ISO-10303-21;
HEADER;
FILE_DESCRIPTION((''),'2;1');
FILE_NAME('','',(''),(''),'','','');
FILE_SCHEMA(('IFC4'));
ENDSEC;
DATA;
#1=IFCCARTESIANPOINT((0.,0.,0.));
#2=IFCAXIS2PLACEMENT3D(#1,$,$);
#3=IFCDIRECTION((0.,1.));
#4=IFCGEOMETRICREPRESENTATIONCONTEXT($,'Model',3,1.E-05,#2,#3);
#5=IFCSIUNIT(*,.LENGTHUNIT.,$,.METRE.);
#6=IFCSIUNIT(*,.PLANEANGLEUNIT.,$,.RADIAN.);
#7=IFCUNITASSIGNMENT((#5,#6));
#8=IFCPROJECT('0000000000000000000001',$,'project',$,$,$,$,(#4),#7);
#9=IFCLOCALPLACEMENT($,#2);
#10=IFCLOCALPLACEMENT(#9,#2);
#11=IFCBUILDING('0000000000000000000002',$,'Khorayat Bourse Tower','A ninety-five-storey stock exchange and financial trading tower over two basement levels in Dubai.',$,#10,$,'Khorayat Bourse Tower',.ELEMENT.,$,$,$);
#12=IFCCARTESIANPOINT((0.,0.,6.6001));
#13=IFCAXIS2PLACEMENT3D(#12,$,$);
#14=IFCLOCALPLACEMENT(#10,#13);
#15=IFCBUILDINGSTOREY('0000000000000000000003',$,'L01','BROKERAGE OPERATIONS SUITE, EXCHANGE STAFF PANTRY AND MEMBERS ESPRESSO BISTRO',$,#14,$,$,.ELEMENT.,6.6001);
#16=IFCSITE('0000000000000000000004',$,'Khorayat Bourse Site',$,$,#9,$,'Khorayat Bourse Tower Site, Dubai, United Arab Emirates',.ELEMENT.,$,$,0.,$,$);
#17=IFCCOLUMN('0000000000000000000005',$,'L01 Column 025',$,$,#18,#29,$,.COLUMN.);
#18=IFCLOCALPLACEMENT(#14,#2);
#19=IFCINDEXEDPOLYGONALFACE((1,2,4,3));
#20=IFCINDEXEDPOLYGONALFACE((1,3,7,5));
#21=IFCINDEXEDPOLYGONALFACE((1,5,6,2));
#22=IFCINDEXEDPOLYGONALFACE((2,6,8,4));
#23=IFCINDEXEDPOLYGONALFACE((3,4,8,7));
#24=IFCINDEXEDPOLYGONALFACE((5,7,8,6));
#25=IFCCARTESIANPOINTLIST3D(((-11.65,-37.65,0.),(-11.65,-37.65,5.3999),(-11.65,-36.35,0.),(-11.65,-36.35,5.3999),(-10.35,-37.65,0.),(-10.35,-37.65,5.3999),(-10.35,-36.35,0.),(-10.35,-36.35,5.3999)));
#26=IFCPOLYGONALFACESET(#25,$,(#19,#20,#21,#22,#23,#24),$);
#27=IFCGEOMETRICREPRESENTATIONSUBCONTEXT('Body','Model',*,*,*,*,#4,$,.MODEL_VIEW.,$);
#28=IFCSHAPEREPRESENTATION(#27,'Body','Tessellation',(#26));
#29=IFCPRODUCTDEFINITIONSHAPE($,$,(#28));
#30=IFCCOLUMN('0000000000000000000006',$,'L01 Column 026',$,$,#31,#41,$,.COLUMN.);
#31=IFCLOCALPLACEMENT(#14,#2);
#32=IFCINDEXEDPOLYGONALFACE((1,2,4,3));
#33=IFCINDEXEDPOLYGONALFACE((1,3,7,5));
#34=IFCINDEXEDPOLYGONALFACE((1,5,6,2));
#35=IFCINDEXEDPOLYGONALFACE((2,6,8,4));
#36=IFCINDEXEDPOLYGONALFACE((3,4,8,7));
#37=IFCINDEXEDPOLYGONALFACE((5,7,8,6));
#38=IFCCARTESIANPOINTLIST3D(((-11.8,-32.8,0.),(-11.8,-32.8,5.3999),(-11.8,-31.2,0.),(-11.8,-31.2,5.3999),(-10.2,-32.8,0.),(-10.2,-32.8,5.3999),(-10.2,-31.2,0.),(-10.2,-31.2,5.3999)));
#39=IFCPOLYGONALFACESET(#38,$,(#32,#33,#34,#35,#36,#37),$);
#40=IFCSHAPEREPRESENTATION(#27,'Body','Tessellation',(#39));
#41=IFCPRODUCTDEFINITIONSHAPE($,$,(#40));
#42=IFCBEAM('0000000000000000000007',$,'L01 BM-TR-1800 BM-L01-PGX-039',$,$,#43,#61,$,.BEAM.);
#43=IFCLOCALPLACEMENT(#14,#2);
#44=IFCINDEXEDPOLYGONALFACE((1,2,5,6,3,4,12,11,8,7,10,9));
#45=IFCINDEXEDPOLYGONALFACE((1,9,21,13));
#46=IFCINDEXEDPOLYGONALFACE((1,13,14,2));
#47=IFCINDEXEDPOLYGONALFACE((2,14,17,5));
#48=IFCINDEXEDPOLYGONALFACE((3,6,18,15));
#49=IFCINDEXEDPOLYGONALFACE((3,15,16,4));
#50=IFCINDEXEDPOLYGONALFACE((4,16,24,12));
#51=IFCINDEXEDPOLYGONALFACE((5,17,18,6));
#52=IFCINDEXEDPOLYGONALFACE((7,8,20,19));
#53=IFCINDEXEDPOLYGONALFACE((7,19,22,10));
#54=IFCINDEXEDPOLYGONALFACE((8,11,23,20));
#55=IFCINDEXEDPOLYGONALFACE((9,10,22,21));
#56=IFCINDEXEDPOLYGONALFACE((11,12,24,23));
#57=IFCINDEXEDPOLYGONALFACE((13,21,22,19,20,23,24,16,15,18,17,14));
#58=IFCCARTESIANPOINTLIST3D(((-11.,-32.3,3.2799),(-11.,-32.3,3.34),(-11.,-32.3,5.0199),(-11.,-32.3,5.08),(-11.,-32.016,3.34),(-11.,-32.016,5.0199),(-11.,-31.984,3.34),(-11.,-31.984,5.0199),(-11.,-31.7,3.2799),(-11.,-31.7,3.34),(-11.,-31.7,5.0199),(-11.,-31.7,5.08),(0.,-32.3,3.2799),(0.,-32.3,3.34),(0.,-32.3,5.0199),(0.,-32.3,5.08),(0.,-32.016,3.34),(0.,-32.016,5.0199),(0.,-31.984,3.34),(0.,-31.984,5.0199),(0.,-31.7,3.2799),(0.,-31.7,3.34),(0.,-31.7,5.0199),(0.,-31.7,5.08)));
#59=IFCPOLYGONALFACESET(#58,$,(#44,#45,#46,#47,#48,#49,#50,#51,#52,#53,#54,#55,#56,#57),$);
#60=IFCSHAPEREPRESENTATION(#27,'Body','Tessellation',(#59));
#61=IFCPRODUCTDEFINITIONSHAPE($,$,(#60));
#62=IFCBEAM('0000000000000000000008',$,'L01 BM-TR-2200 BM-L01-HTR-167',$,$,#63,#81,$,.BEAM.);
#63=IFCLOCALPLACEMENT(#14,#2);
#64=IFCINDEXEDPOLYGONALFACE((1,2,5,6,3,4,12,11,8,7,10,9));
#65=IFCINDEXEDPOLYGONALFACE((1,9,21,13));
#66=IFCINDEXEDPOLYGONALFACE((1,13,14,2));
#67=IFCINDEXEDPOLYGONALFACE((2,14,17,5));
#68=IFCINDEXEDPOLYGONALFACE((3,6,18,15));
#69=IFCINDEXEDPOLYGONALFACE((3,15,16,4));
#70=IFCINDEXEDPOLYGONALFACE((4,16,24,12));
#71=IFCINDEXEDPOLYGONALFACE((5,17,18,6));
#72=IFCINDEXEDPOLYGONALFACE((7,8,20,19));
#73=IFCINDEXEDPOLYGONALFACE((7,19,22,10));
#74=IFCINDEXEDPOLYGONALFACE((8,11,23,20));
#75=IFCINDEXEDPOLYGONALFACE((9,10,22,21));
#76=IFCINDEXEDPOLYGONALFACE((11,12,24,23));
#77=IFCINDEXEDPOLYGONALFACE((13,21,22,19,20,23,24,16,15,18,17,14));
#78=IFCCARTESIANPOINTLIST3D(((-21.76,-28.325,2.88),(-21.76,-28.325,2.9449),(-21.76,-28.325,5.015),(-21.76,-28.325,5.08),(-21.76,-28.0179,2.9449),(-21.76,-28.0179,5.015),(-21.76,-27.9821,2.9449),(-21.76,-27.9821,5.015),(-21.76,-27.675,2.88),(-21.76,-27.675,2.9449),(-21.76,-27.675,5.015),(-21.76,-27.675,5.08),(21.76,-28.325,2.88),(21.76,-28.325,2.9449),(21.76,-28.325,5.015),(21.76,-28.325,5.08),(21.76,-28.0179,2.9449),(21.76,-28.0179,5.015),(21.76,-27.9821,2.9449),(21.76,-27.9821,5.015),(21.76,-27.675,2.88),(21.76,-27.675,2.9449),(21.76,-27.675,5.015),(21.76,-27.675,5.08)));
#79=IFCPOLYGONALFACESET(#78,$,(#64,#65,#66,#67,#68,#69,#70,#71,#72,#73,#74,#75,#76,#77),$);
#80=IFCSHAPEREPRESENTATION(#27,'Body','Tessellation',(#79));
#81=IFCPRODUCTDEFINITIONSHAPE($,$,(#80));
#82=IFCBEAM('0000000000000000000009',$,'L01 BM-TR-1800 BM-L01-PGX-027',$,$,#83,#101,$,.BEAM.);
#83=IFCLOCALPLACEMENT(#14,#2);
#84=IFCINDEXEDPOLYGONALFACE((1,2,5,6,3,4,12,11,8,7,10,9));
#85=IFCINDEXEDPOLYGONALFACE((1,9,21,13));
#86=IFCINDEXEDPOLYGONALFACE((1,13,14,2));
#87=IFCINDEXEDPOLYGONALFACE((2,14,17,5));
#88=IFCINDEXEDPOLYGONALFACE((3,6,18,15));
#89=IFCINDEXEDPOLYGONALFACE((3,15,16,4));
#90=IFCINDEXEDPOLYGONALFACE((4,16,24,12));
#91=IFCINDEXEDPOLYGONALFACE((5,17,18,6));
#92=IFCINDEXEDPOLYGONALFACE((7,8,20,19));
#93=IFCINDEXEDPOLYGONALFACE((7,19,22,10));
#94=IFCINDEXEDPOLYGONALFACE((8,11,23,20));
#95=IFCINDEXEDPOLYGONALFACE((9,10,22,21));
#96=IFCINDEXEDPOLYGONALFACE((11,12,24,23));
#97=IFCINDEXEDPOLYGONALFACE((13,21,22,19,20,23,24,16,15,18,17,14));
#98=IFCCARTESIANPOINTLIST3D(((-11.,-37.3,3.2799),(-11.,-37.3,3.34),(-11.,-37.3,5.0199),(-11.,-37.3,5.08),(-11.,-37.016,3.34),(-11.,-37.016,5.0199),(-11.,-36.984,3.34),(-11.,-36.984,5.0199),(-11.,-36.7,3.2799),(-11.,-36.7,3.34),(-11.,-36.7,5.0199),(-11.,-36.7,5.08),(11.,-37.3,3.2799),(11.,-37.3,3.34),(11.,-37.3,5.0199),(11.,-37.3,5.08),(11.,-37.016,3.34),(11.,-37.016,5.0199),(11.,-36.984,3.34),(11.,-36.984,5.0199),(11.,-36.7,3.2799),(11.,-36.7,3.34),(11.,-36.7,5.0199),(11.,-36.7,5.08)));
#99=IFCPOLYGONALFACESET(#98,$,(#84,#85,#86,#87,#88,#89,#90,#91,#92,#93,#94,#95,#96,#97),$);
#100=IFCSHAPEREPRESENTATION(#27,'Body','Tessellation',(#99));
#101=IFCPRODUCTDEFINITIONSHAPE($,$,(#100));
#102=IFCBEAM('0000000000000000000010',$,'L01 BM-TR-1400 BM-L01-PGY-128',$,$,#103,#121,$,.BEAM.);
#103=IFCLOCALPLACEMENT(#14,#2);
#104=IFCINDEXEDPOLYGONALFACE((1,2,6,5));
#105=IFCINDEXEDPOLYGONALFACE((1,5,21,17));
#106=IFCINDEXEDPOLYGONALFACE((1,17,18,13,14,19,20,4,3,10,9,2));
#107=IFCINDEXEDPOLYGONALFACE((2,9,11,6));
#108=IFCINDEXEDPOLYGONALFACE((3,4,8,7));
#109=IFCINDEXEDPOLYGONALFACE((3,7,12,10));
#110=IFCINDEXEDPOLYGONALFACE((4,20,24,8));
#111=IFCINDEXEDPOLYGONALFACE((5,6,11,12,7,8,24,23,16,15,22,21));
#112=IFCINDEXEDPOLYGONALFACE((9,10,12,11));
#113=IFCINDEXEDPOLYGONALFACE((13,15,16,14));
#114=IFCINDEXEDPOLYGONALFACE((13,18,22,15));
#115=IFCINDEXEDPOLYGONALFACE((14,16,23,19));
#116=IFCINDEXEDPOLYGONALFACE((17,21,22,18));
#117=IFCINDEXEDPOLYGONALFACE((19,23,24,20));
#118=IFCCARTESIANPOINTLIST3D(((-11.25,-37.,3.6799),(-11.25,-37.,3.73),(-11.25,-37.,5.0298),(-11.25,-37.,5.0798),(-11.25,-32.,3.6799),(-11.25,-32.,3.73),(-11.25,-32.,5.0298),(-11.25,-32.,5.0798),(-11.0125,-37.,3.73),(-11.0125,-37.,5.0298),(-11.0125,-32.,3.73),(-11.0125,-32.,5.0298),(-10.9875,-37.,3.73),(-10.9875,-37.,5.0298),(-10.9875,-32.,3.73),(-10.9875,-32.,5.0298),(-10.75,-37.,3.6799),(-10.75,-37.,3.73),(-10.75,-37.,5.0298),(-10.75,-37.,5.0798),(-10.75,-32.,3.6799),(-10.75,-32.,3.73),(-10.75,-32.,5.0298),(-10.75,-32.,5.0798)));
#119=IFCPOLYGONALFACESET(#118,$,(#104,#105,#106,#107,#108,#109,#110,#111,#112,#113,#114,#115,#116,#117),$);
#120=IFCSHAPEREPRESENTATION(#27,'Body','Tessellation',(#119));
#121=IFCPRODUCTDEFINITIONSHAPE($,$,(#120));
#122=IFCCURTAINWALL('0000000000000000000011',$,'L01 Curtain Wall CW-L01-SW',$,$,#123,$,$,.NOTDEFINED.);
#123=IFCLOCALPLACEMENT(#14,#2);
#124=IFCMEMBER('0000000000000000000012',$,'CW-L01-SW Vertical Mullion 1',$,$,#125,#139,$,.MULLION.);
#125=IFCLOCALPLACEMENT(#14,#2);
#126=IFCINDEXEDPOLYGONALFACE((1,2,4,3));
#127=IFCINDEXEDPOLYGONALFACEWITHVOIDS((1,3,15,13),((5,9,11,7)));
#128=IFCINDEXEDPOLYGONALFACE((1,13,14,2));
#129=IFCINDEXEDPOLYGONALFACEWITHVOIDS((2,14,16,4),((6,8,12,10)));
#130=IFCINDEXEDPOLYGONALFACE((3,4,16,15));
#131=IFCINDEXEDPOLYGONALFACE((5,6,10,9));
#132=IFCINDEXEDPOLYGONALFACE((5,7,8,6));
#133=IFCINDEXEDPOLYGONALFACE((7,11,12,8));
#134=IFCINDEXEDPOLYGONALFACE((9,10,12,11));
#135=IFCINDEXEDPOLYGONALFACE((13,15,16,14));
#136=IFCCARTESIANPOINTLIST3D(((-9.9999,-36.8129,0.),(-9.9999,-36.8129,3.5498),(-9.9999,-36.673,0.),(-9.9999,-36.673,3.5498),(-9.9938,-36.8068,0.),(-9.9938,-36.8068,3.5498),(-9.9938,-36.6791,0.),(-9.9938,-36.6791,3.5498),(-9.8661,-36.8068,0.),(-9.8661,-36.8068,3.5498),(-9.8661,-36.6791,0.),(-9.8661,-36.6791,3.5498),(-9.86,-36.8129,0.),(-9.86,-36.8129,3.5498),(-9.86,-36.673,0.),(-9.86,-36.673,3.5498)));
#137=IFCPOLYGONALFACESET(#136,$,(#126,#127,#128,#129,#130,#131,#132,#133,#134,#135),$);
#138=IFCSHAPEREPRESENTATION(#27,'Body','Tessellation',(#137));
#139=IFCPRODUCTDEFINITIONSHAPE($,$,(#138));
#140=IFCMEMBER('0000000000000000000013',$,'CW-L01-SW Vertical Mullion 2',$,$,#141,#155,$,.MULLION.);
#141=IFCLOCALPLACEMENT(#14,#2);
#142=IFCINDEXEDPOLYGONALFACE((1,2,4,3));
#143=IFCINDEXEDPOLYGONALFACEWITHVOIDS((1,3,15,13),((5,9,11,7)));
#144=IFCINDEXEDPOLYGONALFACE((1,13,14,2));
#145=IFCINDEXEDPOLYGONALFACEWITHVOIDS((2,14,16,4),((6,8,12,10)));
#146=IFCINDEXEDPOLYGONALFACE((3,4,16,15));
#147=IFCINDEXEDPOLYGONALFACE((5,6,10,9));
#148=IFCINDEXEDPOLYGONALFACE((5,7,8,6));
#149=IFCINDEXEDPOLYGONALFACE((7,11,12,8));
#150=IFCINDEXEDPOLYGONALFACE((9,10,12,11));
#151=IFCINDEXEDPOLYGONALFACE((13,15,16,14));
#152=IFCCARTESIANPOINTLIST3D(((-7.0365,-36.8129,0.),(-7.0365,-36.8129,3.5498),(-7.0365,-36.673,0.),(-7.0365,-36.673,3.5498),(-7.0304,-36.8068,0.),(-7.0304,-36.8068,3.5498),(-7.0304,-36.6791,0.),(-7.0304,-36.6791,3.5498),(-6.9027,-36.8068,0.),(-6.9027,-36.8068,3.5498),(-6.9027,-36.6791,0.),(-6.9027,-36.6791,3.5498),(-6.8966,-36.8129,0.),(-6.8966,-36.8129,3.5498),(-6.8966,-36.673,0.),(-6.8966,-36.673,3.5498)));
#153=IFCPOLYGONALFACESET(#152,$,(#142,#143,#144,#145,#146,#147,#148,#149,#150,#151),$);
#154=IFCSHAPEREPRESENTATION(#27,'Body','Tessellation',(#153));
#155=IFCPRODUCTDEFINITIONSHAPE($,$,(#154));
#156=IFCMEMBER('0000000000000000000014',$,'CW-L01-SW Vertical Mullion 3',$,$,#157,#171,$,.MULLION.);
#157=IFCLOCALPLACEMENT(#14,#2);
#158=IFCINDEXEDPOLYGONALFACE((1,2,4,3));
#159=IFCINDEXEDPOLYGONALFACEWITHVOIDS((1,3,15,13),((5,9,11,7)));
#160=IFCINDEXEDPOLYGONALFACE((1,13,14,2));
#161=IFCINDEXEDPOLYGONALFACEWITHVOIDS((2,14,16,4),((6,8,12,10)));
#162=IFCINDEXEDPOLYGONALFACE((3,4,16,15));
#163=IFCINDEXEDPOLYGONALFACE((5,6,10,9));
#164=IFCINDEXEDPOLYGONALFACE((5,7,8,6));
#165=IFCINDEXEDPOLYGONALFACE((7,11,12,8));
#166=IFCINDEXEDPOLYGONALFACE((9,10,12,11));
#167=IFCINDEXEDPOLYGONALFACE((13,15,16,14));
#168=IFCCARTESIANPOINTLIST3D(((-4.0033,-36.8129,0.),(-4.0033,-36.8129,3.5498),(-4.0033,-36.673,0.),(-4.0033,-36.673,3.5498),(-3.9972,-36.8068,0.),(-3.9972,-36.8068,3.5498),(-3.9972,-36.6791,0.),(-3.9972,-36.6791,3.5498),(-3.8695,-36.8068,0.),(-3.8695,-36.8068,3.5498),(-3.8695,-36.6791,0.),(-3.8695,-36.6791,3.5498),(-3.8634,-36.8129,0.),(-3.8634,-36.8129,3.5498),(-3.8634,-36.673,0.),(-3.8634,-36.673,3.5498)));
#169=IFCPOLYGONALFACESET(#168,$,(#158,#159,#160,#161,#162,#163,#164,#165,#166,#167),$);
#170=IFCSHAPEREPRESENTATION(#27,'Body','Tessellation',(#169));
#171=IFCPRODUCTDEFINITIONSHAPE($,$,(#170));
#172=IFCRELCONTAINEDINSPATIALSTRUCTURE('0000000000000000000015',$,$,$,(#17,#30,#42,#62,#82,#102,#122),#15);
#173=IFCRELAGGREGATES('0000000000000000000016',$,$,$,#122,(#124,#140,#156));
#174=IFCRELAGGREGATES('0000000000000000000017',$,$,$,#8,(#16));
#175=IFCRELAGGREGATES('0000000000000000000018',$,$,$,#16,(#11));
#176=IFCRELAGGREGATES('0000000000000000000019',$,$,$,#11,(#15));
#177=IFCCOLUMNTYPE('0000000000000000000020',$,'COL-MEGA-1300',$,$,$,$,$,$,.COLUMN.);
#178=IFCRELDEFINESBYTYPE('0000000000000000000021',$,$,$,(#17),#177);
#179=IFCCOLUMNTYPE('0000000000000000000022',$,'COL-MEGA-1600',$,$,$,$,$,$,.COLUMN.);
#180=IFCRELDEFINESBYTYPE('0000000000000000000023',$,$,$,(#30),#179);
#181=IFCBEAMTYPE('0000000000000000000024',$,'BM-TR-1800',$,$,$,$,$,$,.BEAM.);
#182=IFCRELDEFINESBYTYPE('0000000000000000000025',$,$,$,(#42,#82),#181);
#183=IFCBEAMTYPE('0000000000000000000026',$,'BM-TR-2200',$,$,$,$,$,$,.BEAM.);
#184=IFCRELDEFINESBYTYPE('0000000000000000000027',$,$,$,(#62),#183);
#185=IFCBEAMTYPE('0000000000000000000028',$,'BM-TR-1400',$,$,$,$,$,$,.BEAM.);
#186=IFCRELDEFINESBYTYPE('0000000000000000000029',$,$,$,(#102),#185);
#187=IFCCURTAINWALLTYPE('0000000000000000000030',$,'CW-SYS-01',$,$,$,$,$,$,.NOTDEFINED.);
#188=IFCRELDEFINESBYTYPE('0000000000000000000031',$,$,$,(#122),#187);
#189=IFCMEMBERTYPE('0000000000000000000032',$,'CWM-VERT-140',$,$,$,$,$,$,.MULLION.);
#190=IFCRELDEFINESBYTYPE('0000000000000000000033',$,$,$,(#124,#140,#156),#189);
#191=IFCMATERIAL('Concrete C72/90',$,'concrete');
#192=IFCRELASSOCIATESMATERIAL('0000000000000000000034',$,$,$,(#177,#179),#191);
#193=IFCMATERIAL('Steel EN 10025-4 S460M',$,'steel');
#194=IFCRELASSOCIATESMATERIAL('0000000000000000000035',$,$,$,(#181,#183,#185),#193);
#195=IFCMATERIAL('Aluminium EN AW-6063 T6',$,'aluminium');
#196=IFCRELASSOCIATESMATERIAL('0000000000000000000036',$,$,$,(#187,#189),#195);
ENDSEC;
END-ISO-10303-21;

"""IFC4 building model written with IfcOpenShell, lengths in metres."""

from ifc_helpers import new_model, si_unit, direction, frame, origin, origin_2d, place, context, subcontext, project, spatial, rectangle, hollow_rectangle, i_section, extrude, source, transform, mapped, material, material_profile, profile_set, type_object, element, aggregate, save


model = new_model("IFC4")

# Units and contexts
model_context = context("Model", 3, precision=1e-05, world=origin(), true_north=direction((0.0, 1.0)))
body_context = subcontext(model_context, "Body", "Model", "MODEL_VIEW")
ifc_project = project(units=[si_unit("LENGTHUNIT", "METRE"), si_unit("PLANEANGLEUNIT", "RADIAN")], contexts=[model_context])

# Site, building, storey
site_placement = place(None, origin())
site = spatial("IfcSite", under=ifc_project, at=site_placement, Name="Khorayat Bourse Site", LongName="Khorayat Bourse Tower Site, Dubai, United Arab Emirates", CompositionType="ELEMENT", RefElevation=0.0)
building_placement = place(site_placement, origin())
building = spatial("IfcBuilding", under=site, at=building_placement, Name="Khorayat Bourse Tower", Description="A ninety-five-storey stock exchange and financial trading tower over two basement levels in Dubai.", LongName="Khorayat Bourse Tower", CompositionType="ELEMENT")
storey_placement = place(building_placement, frame((0.0, 0.0, 6.6001)))
storey = spatial("IfcBuildingStorey", under=building, at=storey_placement, Name="L01", Description="BROKERAGE OPERATIONS SUITE, EXCHANGE STAFF PANTRY AND MEMBERS ESPRESSO BISTRO", CompositionType="ELEMENT", Elevation=6.6001)

# Columns
ifc_material_1 = material(Name="Concrete C72/90", Category="concrete")
ifc_material_profile_1 = material_profile(ifc_material_1, rectangle(XDim=1.3, YDim=1.3, at=origin_2d()), Name="RC 1300x1300")
ifc_profile_set_1 = profile_set([ifc_material_profile_1], Name="Concrete C72/90")
column_type_1 = type_object("IfcColumnType", Name="COL-MEGA-1300", PredefinedType="COLUMN", material=ifc_profile_set_1)
shared_shape_1 = source(origin(), body_context, "Body", "SweptSolid", [
    extrude(rectangle(XDim=1.3, YDim=1.3, at=origin_2d()), origin(), (0.0, 0.0, 1.0), 5.3999),
])
column_1_placement = place(storey_placement, frame((-11.0, -37.0, 0.0), z_axis=(0.0, 0.0, 1.0), x_axis=(1.0, 0.0, 0.0)))
element("IfcColumn", 1, at=column_1_placement, inside=storey, type_object=column_type_1, Name="L01 Column 025", PredefinedType="COLUMN", context=body_context, shape_type="MappedRepresentation", body=[
    mapped(shared_shape_1, transform((0.0, 0.0, 0.0), scale=1.0)),
])
ifc_material_profile_2 = material_profile(ifc_material_1, rectangle(XDim=1.6001, YDim=1.6001, at=origin_2d()), Name="RC 1600x1600")
ifc_profile_set_2 = profile_set([ifc_material_profile_2], Name="Concrete C72/90")
column_type_2 = type_object("IfcColumnType", Name="COL-MEGA-1600", PredefinedType="COLUMN", material=ifc_profile_set_2)
shared_shape_2 = source(origin(), body_context, "Body", "SweptSolid", [
    extrude(rectangle(XDim=1.6001, YDim=1.6001, at=origin_2d()), origin(), (0.0, 0.0, 1.0), 5.3999),
])
column_2_placement = place(storey_placement, frame((-11.0, -32.0, 0.0), z_axis=(0.0, 0.0, 1.0), x_axis=(1.0, 0.0, 0.0)))
element("IfcColumn", 2, at=column_2_placement, inside=storey, type_object=column_type_2, Name="L01 Column 026", PredefinedType="COLUMN", context=body_context, shape_type="MappedRepresentation", body=[
    mapped(shared_shape_2, transform((0.0, 0.0, 0.0), scale=1.0)),
])

# Beams
ifc_material_2 = material(Name="Steel EN 10025-4 S460M", Category="steel")
ifc_material_profile_3 = material_profile(ifc_material_2, i_section(OverallWidth=0.6001, OverallDepth=1.8, WebThickness=0.032, FlangeThickness=0.0601, at=origin_2d()), Name="PG 1800x600x32x60")
ifc_profile_set_3 = profile_set([ifc_material_profile_3], Name="Steel EN 10025-4 S460M")
beam_type_1 = type_object("IfcBeamType", Name="BM-TR-1800", PredefinedType="BEAM", material=ifc_profile_set_3)
shared_shape_3 = source(origin(), body_context, "Body", "SweptSolid", [
    extrude(i_section(OverallWidth=0.6001, OverallDepth=1.8, WebThickness=0.032, FlangeThickness=0.0601, at=origin_2d()), origin(), (0.0, 0.0, 1.0), 11.0),
])
beam_1_placement = place(storey_placement, frame((-11.0, -32.0, 4.1799), z_axis=(1.0, 0.0, 0.0), x_axis=(0.0, 1.0, 0.0)))
element("IfcBeam", 3, at=beam_1_placement, inside=storey, type_object=beam_type_1, Name="L01 BM-TR-1800 BM-L01-PGX-039", PredefinedType="BEAM", context=body_context, shape_type="MappedRepresentation", body=[
    mapped(shared_shape_3, transform((0.0, 0.0, 0.0), scale=1.0)),
])
ifc_material_profile_4 = material_profile(ifc_material_2, i_section(OverallWidth=0.6499, OverallDepth=2.2, WebThickness=0.0359, FlangeThickness=0.0649, at=origin_2d()), Name="PG 2200x650x36x65")
ifc_profile_set_4 = profile_set([ifc_material_profile_4], Name="Steel EN 10025-4 S460M")
beam_type_2 = type_object("IfcBeamType", Name="BM-TR-2200", PredefinedType="BEAM", material=ifc_profile_set_4)
shared_shape_4 = source(origin(), body_context, "Body", "SweptSolid", [
    extrude(i_section(OverallWidth=0.6499, OverallDepth=2.2, WebThickness=0.0359, FlangeThickness=0.0649, at=origin_2d()), origin(), (0.0, 0.0, 1.0), 43.52),
])
beam_2_placement = place(storey_placement, frame((-21.76, -28.0, 3.98), z_axis=(1.0, 0.0, 0.0), x_axis=(0.0, 1.0, 0.0)))
element("IfcBeam", 4, at=beam_2_placement, inside=storey, type_object=beam_type_2, Name="L01 BM-TR-2200 BM-L01-HTR-167", PredefinedType="BEAM", context=body_context, shape_type="MappedRepresentation", body=[
    mapped(shared_shape_4, transform((0.0, 0.0, 0.0), scale=1.0)),
])
shared_shape_5 = source(origin(), body_context, "Body", "SweptSolid", [
    extrude(i_section(OverallWidth=0.6001, OverallDepth=1.8, WebThickness=0.032, FlangeThickness=0.0601, at=origin_2d()), origin(), (0.0, 0.0, 1.0), 22.0),
])
beam_3_placement = place(storey_placement, frame((-11.0, -37.0, 4.1799), z_axis=(1.0, 0.0, 0.0), x_axis=(0.0, 1.0, 0.0)))
element("IfcBeam", 5, at=beam_3_placement, inside=storey, type_object=beam_type_1, Name="L01 BM-TR-1800 BM-L01-PGX-027", PredefinedType="BEAM", context=body_context, shape_type="MappedRepresentation", body=[
    mapped(shared_shape_5, transform((0.0, 0.0, 0.0), scale=1.0)),
])
ifc_material_profile_5 = material_profile(ifc_material_2, i_section(OverallWidth=0.5, OverallDepth=1.3999, WebThickness=0.0249, FlangeThickness=0.05, at=origin_2d()), Name="PG 1400x500x25x50")
ifc_profile_set_5 = profile_set([ifc_material_profile_5], Name="Steel EN 10025-4 S460M")
beam_type_3 = type_object("IfcBeamType", Name="BM-TR-1400", PredefinedType="BEAM", material=ifc_profile_set_5)
shared_shape_6 = source(origin(), body_context, "Body", "SweptSolid", [
    extrude(i_section(OverallWidth=0.5, OverallDepth=1.3999, WebThickness=0.0249, FlangeThickness=0.05, at=origin_2d()), origin(), (0.0, 0.0, 1.0), 5.0),
])
beam_4_placement = place(storey_placement, frame((-11.0, -37.0, 4.3799), z_axis=(0.0, 1.0, 0.0), x_axis=(-1.0, 0.0, 0.0)))
element("IfcBeam", 6, at=beam_4_placement, inside=storey, type_object=beam_type_3, Name="L01 BM-TR-1400 BM-L01-PGY-128", PredefinedType="BEAM", context=body_context, shape_type="MappedRepresentation", body=[
    mapped(shared_shape_6, transform((0.0, 0.0, 0.0), scale=1.0)),
])

# Curtain wall, members
ifc_material_3 = material(Name="Aluminium EN AW-6063 T6", Category="aluminium")
curtain_wall_type = type_object("IfcCurtainWallType", Name="CW-SYS-01", PredefinedType="NOTDEFINED", material=ifc_material_3)
curtain_wall_placement = place(storey_placement, origin())
curtain_wall = element("IfcCurtainWall", 7, at=curtain_wall_placement, inside=storey, type_object=curtain_wall_type, Name="L01 Curtain Wall CW-L01-SW", PredefinedType="NOTDEFINED")
ifc_material_profile_6 = material_profile(ifc_material_3, hollow_rectangle(XDim=0.1399, YDim=0.1399, WallThickness=0.0061, at=origin_2d()), Name="ALU 140x140x6")
ifc_profile_set_6 = profile_set([ifc_material_profile_6], Name="Aluminium EN AW-6063 T6")
member_type_1 = type_object("IfcMemberType", Name="CWM-VERT-140", PredefinedType="MULLION", material=ifc_profile_set_6)
shared_shape_7 = source(origin(), body_context, "Body", "SweptSolid", [
    extrude(hollow_rectangle(XDim=0.1399, YDim=0.1399, WallThickness=0.0061, at=origin_2d()), origin(), (0.0, 0.0, 1.0), 3.5498),
])
member_1_placement = place(storey_placement, frame((-9.9299, -36.7429, 0.0), z_axis=(0.0, 0.0, 1.0), x_axis=(0.0, 1.0, 0.0)))
member_1 = element("IfcMember", 8, at=member_1_placement, type_object=member_type_1, Name="CW-L01-SW Vertical Mullion 1", PredefinedType="MULLION", context=body_context, shape_type="MappedRepresentation", body=[
    mapped(shared_shape_7, transform((0.0, 0.0, 0.0), scale=1.0)),
])
member_2_placement = place(storey_placement, frame((-6.9666, -36.7429, 0.0), z_axis=(0.0, 0.0, 1.0), x_axis=(0.0, 1.0, 0.0)))
member_2 = element("IfcMember", 9, at=member_2_placement, type_object=member_type_1, Name="CW-L01-SW Vertical Mullion 2", PredefinedType="MULLION", context=body_context, shape_type="MappedRepresentation", body=[
    mapped(shared_shape_7, transform((0.0, 0.0, 0.0), scale=1.0)),
])
member_3_placement = place(storey_placement, frame((-3.9333, -36.7429, 0.0), z_axis=(0.0, 0.0, 1.0), x_axis=(0.0, 1.0, 0.0)))
member_3 = element("IfcMember", 10, at=member_3_placement, type_object=member_type_1, Name="CW-L01-SW Vertical Mullion 3", PredefinedType="MULLION", context=body_context, shape_type="MappedRepresentation", body=[
    mapped(shared_shape_7, transform((0.0, 0.0, 0.0), scale=1.0)),
])
aggregate(curtain_wall, [member_1, member_2, member_3])

save(model, "model.ifc")
